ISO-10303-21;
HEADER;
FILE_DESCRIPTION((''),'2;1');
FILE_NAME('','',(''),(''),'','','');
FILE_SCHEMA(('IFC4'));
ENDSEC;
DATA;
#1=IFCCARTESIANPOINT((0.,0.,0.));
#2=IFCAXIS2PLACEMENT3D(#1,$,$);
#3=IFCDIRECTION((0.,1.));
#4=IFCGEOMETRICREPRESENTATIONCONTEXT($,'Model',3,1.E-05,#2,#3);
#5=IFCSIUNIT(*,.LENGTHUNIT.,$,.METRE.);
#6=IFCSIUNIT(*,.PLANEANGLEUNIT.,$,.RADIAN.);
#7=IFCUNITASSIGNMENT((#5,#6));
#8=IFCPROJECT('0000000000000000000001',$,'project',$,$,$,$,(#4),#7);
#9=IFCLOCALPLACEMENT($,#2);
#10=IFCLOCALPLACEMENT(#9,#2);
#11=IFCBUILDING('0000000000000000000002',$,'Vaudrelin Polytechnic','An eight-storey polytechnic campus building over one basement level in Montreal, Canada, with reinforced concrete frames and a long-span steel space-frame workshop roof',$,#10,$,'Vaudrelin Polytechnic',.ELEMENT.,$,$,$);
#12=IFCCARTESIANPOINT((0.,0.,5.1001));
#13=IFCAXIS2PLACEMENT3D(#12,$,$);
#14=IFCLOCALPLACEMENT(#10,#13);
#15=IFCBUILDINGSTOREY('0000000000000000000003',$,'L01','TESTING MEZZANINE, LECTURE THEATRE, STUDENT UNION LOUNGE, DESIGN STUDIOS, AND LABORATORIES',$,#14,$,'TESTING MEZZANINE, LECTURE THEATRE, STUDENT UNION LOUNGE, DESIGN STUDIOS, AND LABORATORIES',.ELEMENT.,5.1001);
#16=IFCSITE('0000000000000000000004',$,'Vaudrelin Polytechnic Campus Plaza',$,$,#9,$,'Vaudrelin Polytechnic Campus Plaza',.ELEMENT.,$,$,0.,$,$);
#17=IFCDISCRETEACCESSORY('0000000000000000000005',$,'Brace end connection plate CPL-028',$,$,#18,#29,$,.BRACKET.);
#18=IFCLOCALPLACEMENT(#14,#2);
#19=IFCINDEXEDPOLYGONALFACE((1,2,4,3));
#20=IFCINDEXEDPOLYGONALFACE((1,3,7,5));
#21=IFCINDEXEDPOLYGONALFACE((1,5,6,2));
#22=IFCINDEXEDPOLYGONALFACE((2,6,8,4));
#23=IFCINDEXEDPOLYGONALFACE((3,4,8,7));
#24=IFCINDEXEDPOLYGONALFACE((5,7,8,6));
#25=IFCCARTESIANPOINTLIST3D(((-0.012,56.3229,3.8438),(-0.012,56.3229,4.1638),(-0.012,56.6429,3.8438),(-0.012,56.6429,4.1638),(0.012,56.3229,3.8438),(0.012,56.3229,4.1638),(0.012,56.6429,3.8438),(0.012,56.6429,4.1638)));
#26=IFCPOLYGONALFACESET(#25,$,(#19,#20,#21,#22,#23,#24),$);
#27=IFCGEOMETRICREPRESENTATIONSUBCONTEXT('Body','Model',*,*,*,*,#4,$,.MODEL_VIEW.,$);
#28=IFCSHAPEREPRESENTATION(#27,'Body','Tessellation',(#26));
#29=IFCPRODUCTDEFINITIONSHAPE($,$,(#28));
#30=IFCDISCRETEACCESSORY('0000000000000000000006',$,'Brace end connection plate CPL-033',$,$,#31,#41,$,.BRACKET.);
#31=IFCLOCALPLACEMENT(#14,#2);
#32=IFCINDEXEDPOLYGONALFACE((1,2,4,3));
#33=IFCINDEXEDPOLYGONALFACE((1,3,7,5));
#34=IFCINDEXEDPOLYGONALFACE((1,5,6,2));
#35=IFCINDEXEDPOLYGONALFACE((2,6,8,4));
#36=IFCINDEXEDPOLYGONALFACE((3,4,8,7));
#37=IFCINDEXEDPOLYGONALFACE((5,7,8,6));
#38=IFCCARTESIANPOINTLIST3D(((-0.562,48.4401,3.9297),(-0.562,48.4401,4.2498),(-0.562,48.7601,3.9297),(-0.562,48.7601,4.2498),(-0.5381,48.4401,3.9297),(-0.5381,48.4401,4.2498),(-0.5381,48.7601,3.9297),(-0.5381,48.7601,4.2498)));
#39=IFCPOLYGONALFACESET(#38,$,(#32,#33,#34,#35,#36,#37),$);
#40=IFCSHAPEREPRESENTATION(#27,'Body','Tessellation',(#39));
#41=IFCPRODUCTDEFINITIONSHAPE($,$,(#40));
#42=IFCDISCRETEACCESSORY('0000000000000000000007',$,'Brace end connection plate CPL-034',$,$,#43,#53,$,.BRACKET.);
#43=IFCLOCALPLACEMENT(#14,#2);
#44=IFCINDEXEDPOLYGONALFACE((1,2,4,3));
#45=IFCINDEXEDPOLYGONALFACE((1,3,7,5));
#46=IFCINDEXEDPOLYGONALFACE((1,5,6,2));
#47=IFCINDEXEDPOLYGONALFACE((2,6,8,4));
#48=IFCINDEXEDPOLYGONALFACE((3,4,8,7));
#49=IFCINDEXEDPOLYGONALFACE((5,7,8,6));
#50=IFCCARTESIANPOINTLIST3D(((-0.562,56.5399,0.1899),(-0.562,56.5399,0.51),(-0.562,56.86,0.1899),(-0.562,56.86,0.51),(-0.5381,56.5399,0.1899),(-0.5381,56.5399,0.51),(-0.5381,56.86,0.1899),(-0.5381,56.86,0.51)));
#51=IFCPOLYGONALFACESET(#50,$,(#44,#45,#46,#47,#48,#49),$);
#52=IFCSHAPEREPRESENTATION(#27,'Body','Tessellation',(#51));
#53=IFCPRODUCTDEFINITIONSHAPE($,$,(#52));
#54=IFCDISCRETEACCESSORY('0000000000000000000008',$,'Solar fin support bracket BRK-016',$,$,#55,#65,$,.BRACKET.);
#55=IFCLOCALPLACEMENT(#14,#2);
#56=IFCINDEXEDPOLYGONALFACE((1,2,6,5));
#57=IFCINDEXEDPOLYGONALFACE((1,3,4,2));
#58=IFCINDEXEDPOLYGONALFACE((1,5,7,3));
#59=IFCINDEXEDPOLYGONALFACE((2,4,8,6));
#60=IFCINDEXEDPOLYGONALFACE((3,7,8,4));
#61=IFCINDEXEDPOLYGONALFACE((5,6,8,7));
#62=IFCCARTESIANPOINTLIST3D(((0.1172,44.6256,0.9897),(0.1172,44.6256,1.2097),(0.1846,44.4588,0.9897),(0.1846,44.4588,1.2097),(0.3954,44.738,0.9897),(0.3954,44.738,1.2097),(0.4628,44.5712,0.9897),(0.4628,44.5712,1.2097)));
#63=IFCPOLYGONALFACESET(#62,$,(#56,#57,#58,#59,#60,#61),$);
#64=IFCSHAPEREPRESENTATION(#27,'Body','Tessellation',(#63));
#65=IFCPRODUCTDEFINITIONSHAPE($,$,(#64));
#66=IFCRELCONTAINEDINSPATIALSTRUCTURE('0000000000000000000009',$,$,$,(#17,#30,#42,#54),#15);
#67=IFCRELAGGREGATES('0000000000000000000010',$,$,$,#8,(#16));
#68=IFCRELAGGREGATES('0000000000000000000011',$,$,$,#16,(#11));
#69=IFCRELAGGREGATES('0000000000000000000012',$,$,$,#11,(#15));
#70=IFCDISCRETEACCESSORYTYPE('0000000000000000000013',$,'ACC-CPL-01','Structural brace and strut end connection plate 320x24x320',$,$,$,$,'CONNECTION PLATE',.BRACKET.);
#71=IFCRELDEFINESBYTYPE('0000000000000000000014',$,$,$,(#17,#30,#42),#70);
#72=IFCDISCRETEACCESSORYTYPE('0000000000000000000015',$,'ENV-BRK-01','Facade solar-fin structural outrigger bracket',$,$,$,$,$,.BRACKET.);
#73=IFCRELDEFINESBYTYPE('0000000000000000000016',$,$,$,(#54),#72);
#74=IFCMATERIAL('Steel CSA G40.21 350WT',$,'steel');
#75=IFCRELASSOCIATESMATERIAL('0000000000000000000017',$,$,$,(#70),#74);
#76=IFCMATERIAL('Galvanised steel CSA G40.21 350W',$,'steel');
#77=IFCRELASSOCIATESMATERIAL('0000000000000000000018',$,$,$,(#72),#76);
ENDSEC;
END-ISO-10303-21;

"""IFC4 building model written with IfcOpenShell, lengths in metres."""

from ifc_helpers import new_model, si_unit, direction, frame, origin, origin_2d, place, context, subcontext, project, spatial, rectangle, extrude, material, type_object, element, save


model = new_model("IFC4")

# Units and contexts
model_context = context("Model", 3, precision=1e-05, world=origin(), true_north=direction((0.0, 1.0)))
body_context = subcontext(model_context, "Body", "Model", "MODEL_VIEW")
ifc_project = project(units=[si_unit("LENGTHUNIT", "METRE"), si_unit("PLANEANGLEUNIT", "RADIAN")], contexts=[model_context])

# Site, building, storey
site_placement = place(None, origin())
site = spatial("IfcSite", under=ifc_project, at=site_placement, Name="Vaudrelin Polytechnic Campus Plaza", LongName="Vaudrelin Polytechnic Campus Plaza", CompositionType="ELEMENT", RefElevation=0.0)
building_placement = place(site_placement, origin())
building = spatial("IfcBuilding", under=site, at=building_placement, Name="Vaudrelin Polytechnic", Description="An eight-storey polytechnic campus building over one basement level in Montreal, Canada, with reinforced concrete frames and a long-span steel space-frame workshop roof", LongName="Vaudrelin Polytechnic", CompositionType="ELEMENT")
storey_placement = place(building_placement, frame((0.0, 0.0, 5.1001)))
storey = spatial("IfcBuildingStorey", under=building, at=storey_placement, Name="L01", Description="TESTING MEZZANINE, LECTURE THEATRE, STUDENT UNION LOUNGE, DESIGN STUDIOS, AND LABORATORIES", LongName="TESTING MEZZANINE, LECTURE THEATRE, STUDENT UNION LOUNGE, DESIGN STUDIOS, AND LABORATORIES", CompositionType="ELEMENT", Elevation=5.1001)

# Shared definitions
ifc_material_1 = material(Name="Steel CSA G40.21 350WT", Category="steel")

# Discrete accessories
discrete_accessory_type_1 = type_object("IfcDiscreteAccessoryType", Name="ACC-CPL-01", Description="Structural brace and strut end connection plate 320x24x320", ElementType="CONNECTION PLATE", PredefinedType="BRACKET", material=ifc_material_1)
for number, where, z_axis, x_axis, name in (
    (1, (0.0, 56.4829, 3.8438), (0.0, 0.0, 1.0), (1.0, 0.0, 0.0), "Brace end connection plate CPL-028"),
    (2, (-0.55, 48.6001, 3.9297), (0.0, 0.0, 1.0), (1.0, 0.0, 0.0), "Brace end connection plate CPL-033"),
    (3, (-0.55, 56.7, 0.1899), (0.0, 0.0, 1.0), (1.0, 0.0, 0.0), "Brace end connection plate CPL-034"),
):
    element("IfcDiscreteAccessory", number, at=place(storey_placement, frame(where, z_axis=z_axis, x_axis=x_axis)), inside=storey, type_object=discrete_accessory_type_1, Name=name, PredefinedType="BRACKET", context=body_context, shape_type="SweptSolid", body=[
        extrude(rectangle(XDim=0.0239, YDim=0.3201, at=origin_2d()), origin(), (0.0, 0.0, 1.0), 0.3201),
    ])
ifc_material_2 = material(Name="Galvanised steel CSA G40.21 350W", Category="steel")
discrete_accessory_type_2 = type_object("IfcDiscreteAccessoryType", Name="ENV-BRK-01", Description="Facade solar-fin structural outrigger bracket", PredefinedType="BRACKET", material=ifc_material_2)
discrete_accessory_placement = place(storey_placement, frame((0.29, 44.5984, 0.9897), z_axis=(0.0, 0.0, 1.0), x_axis=(0.927184, 0.374607, 0.0)))
element("IfcDiscreteAccessory", 4, at=discrete_accessory_placement, inside=storey, type_object=discrete_accessory_type_2, Name="Solar fin support bracket BRK-016", PredefinedType="BRACKET", context=body_context, shape_type="SweptSolid", body=[
    extrude(rectangle(XDim=0.3, YDim=0.1799, at=origin_2d()), origin(), (0.0, 0.0, 1.0), 0.22),
])

save(model, "model.ifc")
